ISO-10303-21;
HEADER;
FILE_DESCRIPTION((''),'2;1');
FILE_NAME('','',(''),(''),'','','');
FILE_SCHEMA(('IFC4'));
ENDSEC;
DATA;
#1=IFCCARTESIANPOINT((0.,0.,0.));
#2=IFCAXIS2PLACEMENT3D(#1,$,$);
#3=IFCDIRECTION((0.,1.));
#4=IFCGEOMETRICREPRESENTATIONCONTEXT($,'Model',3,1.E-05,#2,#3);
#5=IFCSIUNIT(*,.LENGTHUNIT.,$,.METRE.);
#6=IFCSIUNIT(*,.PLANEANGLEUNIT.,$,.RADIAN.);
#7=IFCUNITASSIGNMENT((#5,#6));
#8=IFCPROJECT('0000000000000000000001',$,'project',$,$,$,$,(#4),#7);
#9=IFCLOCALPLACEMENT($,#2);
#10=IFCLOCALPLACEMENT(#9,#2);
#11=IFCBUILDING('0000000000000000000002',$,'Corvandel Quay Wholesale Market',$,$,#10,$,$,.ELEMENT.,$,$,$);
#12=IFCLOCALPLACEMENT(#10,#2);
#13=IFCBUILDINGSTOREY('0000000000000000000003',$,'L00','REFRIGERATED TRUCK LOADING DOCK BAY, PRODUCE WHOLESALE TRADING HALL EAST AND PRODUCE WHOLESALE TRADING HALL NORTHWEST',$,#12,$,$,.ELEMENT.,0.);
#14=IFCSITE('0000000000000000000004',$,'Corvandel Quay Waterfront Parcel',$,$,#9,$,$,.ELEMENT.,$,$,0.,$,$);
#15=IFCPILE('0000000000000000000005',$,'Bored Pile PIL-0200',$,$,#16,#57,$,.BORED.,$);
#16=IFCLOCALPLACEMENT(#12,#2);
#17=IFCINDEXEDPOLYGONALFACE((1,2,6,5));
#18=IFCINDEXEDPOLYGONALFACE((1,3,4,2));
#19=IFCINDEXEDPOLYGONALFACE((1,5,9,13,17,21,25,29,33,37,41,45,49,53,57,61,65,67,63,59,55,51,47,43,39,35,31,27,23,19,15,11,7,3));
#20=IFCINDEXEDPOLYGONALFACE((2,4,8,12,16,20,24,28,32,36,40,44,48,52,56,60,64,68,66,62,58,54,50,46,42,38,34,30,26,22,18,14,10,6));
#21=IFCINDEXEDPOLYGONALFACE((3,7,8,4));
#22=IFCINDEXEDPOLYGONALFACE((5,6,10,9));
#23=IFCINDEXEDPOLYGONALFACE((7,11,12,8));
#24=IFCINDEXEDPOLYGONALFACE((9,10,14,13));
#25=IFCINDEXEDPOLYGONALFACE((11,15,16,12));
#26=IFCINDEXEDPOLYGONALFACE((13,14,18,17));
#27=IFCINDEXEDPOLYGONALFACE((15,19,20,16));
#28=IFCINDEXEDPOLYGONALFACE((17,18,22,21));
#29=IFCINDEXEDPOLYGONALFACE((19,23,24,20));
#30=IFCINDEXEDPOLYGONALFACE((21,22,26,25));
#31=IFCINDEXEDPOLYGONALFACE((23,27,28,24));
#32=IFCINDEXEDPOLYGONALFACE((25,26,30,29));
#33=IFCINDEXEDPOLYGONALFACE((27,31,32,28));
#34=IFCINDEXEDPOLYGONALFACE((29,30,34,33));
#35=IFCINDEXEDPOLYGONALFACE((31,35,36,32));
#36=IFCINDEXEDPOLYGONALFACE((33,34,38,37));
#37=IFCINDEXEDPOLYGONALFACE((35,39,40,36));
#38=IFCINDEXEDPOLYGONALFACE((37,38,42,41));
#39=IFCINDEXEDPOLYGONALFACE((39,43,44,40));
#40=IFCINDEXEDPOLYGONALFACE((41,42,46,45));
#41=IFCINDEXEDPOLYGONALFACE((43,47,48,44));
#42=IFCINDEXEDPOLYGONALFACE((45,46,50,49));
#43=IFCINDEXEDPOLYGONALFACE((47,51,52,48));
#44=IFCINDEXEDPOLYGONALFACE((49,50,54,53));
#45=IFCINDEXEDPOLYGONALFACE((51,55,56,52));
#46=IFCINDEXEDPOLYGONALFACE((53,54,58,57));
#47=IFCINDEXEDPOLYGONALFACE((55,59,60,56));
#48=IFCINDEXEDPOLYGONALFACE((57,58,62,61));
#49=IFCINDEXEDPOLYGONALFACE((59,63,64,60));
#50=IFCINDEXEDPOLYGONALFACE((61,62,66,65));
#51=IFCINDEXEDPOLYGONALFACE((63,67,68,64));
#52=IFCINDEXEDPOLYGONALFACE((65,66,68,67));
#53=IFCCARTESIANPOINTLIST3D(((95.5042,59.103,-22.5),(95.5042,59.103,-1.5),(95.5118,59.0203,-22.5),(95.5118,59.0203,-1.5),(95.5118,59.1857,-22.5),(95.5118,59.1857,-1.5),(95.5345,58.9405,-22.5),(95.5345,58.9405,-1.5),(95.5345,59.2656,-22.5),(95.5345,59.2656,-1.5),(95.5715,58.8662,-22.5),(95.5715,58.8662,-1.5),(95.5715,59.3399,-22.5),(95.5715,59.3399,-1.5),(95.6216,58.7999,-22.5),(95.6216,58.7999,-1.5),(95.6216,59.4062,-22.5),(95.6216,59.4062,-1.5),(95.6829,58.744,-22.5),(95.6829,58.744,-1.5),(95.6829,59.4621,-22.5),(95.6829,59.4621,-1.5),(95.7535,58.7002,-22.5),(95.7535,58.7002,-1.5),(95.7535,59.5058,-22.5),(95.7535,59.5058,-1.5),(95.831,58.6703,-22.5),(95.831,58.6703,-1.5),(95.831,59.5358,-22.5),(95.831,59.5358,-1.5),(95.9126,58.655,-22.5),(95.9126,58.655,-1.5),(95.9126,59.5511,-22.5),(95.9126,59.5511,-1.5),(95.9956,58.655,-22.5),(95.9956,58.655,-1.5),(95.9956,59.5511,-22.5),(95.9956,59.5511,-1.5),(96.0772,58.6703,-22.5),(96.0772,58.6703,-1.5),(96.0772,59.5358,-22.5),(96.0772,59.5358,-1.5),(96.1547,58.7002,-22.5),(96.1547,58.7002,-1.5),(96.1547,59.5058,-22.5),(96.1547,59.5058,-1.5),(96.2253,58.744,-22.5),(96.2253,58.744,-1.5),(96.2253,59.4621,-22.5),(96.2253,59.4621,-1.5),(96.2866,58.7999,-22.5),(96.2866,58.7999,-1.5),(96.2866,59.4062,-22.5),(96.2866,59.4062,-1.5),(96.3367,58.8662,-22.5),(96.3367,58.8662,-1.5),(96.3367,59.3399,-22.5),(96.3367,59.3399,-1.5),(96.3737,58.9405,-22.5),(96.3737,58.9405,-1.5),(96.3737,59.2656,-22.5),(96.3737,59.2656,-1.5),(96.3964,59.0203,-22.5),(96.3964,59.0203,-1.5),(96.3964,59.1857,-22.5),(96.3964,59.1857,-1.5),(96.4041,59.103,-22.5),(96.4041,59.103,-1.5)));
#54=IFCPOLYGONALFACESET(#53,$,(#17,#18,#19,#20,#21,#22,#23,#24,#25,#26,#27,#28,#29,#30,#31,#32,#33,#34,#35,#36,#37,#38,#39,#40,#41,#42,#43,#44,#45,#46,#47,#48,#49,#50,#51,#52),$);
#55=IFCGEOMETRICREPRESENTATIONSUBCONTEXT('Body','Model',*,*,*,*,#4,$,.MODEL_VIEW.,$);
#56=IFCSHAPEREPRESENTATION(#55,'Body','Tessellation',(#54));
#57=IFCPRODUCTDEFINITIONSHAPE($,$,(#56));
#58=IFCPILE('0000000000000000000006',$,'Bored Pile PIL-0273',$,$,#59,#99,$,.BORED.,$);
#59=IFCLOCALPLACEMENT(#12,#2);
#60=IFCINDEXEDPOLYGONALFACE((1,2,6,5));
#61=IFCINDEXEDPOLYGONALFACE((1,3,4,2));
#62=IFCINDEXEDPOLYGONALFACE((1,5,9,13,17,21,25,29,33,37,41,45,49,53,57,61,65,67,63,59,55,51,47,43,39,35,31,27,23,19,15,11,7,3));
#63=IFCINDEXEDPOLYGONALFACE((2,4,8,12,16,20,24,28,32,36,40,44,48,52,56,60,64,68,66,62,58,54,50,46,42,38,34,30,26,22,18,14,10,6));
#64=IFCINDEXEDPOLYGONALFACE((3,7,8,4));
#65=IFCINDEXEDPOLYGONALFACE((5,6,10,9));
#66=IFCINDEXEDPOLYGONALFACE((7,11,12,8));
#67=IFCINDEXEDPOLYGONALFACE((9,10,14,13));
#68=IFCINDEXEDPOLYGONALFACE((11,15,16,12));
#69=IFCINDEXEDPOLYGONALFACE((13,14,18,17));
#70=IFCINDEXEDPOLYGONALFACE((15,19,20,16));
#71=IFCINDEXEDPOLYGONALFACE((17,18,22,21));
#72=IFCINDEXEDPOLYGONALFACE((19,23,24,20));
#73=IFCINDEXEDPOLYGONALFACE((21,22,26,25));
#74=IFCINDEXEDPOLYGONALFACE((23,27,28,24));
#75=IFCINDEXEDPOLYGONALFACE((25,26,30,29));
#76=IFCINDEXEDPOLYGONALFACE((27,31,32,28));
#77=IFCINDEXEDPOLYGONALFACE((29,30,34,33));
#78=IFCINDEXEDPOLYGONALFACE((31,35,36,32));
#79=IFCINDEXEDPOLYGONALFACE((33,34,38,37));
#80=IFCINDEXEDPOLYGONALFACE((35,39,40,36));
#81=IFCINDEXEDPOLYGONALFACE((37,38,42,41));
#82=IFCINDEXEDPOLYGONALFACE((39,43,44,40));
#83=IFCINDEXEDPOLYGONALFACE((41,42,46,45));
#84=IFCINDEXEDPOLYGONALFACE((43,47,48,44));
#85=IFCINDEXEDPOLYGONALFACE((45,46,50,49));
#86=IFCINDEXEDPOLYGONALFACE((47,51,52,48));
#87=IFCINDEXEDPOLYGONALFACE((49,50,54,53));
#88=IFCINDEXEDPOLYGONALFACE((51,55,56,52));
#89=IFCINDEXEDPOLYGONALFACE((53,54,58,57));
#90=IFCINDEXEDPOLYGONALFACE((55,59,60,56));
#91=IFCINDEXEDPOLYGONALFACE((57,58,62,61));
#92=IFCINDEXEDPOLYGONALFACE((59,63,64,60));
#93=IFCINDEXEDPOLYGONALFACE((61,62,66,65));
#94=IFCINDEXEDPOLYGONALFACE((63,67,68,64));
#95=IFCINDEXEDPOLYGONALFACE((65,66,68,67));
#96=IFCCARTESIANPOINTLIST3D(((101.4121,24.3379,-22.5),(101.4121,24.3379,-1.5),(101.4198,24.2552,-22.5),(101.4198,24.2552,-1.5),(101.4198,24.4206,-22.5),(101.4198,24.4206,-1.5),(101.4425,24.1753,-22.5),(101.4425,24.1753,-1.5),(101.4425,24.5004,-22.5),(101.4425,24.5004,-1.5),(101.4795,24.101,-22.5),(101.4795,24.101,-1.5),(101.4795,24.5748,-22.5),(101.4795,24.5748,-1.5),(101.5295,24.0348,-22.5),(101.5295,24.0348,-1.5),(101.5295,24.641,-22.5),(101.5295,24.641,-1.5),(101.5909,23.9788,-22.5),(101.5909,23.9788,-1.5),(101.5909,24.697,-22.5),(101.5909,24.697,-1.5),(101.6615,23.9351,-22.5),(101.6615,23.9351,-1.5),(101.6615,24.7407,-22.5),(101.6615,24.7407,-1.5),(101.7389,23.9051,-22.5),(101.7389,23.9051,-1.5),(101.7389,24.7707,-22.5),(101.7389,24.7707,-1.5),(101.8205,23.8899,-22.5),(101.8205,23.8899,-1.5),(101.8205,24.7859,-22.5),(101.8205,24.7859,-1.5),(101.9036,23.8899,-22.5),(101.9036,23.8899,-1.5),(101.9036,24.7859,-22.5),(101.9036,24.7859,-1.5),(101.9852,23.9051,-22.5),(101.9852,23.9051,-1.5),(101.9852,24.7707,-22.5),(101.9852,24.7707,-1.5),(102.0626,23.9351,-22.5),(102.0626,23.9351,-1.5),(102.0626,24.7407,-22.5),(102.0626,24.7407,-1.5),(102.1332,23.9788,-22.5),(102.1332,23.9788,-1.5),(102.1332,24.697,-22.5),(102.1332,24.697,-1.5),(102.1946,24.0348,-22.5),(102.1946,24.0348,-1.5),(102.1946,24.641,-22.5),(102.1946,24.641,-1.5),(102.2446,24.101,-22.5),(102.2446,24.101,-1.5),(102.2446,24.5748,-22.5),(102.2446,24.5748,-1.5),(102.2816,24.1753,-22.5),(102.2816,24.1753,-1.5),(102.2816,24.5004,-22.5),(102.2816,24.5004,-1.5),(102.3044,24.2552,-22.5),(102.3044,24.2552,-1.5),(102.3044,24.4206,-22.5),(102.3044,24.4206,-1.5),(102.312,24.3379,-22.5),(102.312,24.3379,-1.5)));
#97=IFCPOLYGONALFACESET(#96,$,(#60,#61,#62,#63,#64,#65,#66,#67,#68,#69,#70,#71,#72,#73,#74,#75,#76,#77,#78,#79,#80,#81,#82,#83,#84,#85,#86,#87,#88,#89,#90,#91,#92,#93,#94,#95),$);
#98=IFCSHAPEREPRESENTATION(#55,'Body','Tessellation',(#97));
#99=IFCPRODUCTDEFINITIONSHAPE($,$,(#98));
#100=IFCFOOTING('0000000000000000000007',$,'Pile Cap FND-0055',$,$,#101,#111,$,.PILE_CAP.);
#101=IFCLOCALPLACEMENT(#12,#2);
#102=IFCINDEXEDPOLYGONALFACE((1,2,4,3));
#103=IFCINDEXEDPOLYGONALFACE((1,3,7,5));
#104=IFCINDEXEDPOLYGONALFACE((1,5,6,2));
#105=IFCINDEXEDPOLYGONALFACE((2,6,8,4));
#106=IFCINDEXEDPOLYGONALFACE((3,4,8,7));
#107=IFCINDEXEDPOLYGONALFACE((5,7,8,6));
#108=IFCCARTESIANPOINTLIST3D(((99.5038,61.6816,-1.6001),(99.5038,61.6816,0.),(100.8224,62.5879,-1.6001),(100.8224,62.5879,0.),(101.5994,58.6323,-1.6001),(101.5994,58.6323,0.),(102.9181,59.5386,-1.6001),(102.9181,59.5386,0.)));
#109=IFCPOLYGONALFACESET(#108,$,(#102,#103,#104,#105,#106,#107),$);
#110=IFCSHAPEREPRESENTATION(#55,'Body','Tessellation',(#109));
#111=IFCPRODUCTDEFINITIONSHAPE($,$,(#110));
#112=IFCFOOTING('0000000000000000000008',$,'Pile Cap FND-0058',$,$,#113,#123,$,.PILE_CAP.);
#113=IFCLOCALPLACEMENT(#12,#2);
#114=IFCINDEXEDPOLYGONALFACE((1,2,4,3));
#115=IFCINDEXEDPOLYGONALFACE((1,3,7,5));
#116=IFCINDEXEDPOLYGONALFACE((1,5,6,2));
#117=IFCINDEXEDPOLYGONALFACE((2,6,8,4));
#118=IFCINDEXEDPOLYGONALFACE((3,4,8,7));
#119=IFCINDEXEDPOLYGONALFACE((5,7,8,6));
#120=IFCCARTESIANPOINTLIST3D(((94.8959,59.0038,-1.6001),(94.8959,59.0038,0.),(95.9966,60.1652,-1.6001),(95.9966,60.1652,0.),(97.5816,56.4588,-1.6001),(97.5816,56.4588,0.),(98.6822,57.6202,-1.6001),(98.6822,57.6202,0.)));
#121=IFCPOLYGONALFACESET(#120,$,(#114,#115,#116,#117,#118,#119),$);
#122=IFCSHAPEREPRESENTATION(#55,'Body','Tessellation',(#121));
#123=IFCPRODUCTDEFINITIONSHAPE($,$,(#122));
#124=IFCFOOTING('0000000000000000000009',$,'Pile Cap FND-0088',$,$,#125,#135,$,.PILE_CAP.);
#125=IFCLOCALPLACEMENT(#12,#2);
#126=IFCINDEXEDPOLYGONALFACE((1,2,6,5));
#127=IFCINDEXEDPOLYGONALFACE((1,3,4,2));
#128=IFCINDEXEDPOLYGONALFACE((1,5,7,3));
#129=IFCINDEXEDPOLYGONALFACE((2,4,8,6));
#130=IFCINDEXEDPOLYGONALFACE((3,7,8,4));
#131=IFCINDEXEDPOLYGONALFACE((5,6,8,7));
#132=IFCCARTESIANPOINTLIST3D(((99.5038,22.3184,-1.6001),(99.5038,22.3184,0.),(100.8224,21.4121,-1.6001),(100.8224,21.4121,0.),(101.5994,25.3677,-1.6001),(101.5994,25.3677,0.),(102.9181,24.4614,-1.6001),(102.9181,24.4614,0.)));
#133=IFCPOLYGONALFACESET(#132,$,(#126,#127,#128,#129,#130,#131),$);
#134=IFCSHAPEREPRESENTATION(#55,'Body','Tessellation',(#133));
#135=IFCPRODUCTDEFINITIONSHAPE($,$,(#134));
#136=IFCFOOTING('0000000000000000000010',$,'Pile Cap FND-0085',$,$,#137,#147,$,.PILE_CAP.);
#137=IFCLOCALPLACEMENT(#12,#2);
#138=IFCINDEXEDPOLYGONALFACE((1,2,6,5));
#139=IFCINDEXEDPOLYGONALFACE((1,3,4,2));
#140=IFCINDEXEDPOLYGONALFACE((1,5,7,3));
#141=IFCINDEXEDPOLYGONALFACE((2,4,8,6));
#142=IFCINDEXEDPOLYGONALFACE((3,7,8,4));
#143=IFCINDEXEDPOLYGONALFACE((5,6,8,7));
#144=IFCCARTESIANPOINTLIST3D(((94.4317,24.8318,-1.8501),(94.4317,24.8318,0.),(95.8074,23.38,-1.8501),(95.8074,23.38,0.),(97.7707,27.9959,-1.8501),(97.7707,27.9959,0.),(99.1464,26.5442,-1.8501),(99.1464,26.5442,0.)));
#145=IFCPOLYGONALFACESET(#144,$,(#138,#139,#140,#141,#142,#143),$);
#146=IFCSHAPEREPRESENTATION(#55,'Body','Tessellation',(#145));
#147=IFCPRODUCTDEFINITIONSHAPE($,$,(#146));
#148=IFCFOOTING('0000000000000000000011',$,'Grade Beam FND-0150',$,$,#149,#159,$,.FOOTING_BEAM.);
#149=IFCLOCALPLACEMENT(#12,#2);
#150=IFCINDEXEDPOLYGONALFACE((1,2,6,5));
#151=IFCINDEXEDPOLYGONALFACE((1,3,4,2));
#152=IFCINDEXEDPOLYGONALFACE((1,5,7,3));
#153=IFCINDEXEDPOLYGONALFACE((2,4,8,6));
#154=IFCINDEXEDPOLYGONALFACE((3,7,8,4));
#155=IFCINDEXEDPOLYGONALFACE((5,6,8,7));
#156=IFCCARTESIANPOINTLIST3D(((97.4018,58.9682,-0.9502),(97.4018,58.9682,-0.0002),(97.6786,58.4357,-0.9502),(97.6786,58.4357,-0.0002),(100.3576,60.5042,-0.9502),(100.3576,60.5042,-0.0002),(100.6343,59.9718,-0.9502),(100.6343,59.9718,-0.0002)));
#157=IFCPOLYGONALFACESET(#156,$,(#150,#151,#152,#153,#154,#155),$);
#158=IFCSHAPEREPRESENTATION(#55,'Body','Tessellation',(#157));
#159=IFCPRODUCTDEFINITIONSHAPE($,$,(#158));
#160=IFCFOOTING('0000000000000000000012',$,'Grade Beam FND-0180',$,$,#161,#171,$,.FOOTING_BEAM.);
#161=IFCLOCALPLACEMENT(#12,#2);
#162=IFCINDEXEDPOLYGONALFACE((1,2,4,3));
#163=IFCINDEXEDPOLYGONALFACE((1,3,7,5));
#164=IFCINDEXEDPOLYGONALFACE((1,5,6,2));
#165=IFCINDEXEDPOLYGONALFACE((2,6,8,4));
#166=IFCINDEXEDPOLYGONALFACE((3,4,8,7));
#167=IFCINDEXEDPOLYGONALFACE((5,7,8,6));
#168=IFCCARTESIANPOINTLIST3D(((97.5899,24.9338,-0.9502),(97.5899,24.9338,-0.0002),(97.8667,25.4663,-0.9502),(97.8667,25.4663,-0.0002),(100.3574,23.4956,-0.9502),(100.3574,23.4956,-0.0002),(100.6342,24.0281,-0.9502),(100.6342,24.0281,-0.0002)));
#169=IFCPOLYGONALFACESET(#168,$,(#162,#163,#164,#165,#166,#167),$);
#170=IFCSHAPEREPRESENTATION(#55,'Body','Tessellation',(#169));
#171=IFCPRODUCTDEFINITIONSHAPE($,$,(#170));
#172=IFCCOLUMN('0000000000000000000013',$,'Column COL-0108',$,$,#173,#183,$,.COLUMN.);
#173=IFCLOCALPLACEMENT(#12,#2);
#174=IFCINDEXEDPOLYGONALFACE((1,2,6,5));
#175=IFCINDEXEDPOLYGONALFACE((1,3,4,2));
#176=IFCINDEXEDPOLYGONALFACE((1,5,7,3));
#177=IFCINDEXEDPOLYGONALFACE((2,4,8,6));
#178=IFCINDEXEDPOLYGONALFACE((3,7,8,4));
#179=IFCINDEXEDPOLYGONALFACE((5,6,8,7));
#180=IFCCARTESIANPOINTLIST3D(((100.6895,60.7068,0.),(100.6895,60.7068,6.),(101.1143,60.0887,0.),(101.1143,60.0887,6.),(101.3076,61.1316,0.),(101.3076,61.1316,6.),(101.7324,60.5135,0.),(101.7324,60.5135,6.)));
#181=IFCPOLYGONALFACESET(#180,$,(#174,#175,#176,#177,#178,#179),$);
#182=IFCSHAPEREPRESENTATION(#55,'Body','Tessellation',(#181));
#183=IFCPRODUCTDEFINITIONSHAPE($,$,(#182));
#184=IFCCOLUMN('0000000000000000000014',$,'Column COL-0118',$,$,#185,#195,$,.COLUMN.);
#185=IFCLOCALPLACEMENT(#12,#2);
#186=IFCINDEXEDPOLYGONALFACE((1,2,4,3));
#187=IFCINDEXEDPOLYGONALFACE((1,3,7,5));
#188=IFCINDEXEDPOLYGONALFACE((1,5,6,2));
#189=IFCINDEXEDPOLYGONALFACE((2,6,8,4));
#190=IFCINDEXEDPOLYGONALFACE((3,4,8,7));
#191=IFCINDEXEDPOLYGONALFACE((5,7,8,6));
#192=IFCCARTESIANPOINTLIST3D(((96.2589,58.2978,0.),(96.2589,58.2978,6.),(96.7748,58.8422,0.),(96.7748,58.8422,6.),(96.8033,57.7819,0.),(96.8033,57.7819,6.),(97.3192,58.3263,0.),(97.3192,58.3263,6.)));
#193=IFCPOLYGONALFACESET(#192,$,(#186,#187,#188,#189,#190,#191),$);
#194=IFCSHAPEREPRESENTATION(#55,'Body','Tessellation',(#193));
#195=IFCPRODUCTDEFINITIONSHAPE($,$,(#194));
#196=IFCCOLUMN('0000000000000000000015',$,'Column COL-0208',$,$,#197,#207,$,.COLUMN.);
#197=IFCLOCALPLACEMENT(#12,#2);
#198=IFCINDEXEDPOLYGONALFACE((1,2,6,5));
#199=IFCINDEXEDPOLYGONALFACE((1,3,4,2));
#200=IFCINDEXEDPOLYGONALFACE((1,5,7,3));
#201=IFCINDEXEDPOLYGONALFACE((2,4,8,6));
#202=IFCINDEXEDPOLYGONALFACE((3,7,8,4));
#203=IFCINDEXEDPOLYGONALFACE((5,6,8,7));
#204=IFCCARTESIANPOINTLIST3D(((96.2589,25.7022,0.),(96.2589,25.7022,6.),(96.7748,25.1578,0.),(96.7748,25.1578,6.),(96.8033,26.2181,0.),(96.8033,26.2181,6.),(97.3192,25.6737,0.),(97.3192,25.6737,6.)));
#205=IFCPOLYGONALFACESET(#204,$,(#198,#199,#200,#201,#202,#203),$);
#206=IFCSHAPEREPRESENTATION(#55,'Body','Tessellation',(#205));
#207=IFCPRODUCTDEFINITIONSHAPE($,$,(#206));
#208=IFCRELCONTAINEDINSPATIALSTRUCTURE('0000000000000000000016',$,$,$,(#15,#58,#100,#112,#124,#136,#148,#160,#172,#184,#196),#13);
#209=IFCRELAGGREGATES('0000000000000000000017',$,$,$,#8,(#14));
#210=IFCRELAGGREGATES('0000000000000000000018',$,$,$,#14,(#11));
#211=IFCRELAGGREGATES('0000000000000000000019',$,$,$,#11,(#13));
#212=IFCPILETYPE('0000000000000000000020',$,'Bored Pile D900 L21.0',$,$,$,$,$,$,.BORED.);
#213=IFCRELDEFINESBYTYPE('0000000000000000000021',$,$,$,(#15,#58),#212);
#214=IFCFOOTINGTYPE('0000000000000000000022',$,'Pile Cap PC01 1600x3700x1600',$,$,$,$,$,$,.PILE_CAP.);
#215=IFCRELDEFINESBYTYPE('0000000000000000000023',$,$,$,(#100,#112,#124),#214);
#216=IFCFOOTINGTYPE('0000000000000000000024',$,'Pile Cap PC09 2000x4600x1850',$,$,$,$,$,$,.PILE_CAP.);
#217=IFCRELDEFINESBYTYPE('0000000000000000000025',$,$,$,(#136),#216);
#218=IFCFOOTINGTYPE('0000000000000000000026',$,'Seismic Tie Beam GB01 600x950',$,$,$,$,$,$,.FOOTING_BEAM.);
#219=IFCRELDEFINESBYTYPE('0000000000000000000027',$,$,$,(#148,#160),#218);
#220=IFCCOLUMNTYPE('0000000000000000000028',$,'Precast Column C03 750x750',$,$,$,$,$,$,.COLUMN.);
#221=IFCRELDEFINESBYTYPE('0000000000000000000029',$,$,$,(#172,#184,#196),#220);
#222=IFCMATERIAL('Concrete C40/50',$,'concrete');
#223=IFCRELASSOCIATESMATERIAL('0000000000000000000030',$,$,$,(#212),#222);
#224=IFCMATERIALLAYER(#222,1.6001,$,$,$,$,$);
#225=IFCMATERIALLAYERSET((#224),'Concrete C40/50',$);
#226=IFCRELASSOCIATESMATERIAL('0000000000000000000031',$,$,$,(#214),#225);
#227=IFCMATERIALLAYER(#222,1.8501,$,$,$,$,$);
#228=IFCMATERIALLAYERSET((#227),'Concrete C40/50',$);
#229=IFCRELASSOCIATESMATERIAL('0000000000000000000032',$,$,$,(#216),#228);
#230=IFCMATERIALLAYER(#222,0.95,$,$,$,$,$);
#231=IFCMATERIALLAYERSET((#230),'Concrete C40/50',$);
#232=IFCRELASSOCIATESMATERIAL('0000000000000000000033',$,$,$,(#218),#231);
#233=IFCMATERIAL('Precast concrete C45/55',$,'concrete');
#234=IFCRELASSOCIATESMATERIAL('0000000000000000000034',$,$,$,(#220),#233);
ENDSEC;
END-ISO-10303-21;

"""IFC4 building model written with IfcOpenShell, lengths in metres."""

from ifc_helpers import new_model, si_unit, direction, frame, origin, origin_2d, place, context, subcontext, project, spatial, rectangle, circle, extrude, material, layer, layer_set, material_profile, profile_set, type_object, element, save


model = new_model("IFC4")

# Units and contexts
model_context = context("Model", 3, precision=1e-05, world=origin(), true_north=direction((0.0, 1.0)))
body_context = subcontext(model_context, "Body", "Model", "MODEL_VIEW")
ifc_project = project(units=[si_unit("LENGTHUNIT", "METRE"), si_unit("PLANEANGLEUNIT", "RADIAN")], contexts=[model_context])

# Site, building, storey
site_placement = place(None, origin())
site = spatial("IfcSite", under=ifc_project, at=site_placement, Name="Corvandel Quay Waterfront Parcel", CompositionType="ELEMENT", RefElevation=0.0)
building_placement = place(site_placement, origin())
building = spatial("IfcBuilding", under=site, at=building_placement, Name="Corvandel Quay Wholesale Market", CompositionType="ELEMENT")
storey_placement = place(building_placement, origin())
storey = spatial("IfcBuildingStorey", under=building, at=storey_placement, Name="L00", Description="REFRIGERATED TRUCK LOADING DOCK BAY, PRODUCE WHOLESALE TRADING HALL EAST AND PRODUCE WHOLESALE TRADING HALL NORTHWEST", CompositionType="ELEMENT", Elevation=0.0)

# Piles
ifc_material_1 = material(Name="Concrete C40/50", Category="concrete")
ifc_material_profile_1 = material_profile(ifc_material_1, circle(Radius=0.45, at=origin_2d()), Name="RC-PILE-D900")
ifc_profile_set_1 = profile_set([ifc_material_profile_1], Name="Concrete C40/50")
pile_type_1 = type_object("IfcPileType", Name="Bored Pile D900 L21.0", PredefinedType="BORED", material=ifc_profile_set_1)
for number, where, z_axis, x_axis, name in (
    (1, (95.9541, 59.103, -1.5), (0.0, 0.0, -1.0), (1.0, 0.0, 0.0), "Bored Pile PIL-0200"),
    (2, (101.8621, 24.3379, -1.5), (0.0, 0.0, -1.0), (1.0, 0.0, 0.0), "Bored Pile PIL-0273"),
):
    element("IfcPile", number, at=place(storey_placement, frame(where, z_axis=z_axis, x_axis=x_axis)), inside=storey, type_object=pile_type_1, Name=name, PredefinedType="BORED", context=body_context, shape_type="SweptSolid", body=[
        extrude(circle(Radius=0.45, at=origin_2d()), origin(), (0.0, 0.0, 1.0), 21.0),
    ])

# Footings
ifc_layer_1 = layer(ifc_material_1, 1.6001)
ifc_layer_set_1 = layer_set([ifc_layer_1], Name="Concrete C40/50")
footing_type_1 = type_object("IfcFootingType", Name="Pile Cap PC01 1600x3700x1600", PredefinedType="PILE_CAP", material=ifc_layer_set_1)
for number, where, z_axis, x_axis, name in (
    (3, (101.2109, 60.6101, -1.6001), (0.0, 0.0, 1.0), (0.824126, 0.566406, 0.0), "Pile Cap FND-0055"),
    (4, (96.7891, 58.312, -1.6001), (0.0, 0.0, 1.0), (0.687848, 0.725855, 0.0), "Pile Cap FND-0058"),
    (5, (101.2109, 23.3899, -1.6001), (0.0, 0.0, 1.0), (-0.824126, 0.566406, 0.0), "Pile Cap FND-0088"),
):
    element("IfcFooting", number, at=place(storey_placement, frame(where, z_axis=z_axis, x_axis=x_axis)), inside=storey, type_object=footing_type_1, Name=name, PredefinedType="PILE_CAP", context=body_context, shape_type="SweptSolid", body=[
        extrude(rectangle(XDim=1.6001, YDim=3.7, at=origin_2d()), origin(), (0.0, 0.0, 1.0), 1.6001),
    ])
ifc_layer_2 = layer(ifc_material_1, 1.8501)
ifc_layer_set_2 = layer_set([ifc_layer_2], Name="Concrete C40/50")
footing_type_2 = type_object("IfcFootingType", Name="Pile Cap PC09 2000x4600x1850", PredefinedType="PILE_CAP", material=ifc_layer_set_2)
footing_1_placement = place(storey_placement, frame((96.7891, 25.688, -1.8501), z_axis=(0.0, 0.0, 1.0), x_axis=(-0.687848, 0.725855, 0.0)))
element("IfcFooting", 6, at=footing_1_placement, inside=storey, type_object=footing_type_2, Name="Pile Cap FND-0085", PredefinedType="PILE_CAP", context=body_context, shape_type="SweptSolid", body=[
    extrude(rectangle(XDim=2.0, YDim=4.6001, at=origin_2d()), origin(), (0.0, 0.0, 1.0), 1.8501),
])
ifc_layer_3 = layer(ifc_material_1, 0.95)
ifc_layer_set_3 = layer_set([ifc_layer_3], Name="Concrete C40/50")
footing_type_3 = type_object("IfcFootingType", Name="Seismic Tie Beam GB01 600x950", PredefinedType="FOOTING_BEAM", material=ifc_layer_set_3)
footing_2_placement = place(storey_placement, frame((99.0181, 59.47, -0.9502), z_axis=(0.0, 0.0, 1.0), x_axis=(0.887333, 0.461129, 0.0)))
element("IfcFooting", 7, at=footing_2_placement, inside=storey, type_object=footing_type_3, Name="Grade Beam FND-0150", PredefinedType="FOOTING_BEAM", context=body_context, shape_type="SweptSolid", body=[
    extrude(rectangle(XDim=3.3311, YDim=0.6001, at=origin_2d()), origin(), (0.0, 0.0, 1.0), 0.95),
])
footing_3_placement = place(storey_placement, frame((99.1121, 24.481, -0.9502), z_axis=(0.0, 0.0, 1.0), x_axis=(-0.887333, 0.461129, 0.0)))
element("IfcFooting", 8, at=footing_3_placement, inside=storey, type_object=footing_type_3, Name="Grade Beam FND-0180", PredefinedType="FOOTING_BEAM", context=body_context, shape_type="SweptSolid", body=[
    extrude(rectangle(XDim=3.1189, YDim=0.6001, at=origin_2d()), origin(), (0.0, 0.0, 1.0), 0.95),
])

# Columns
ifc_material_2 = material(Name="Precast concrete C45/55", Category="concrete")
ifc_material_profile_2 = material_profile(ifc_material_2, rectangle(XDim=0.75, YDim=0.75, at=origin_2d()), Name="PC-COL-750x750")
ifc_profile_set_2 = profile_set([ifc_material_profile_2], Name="Precast concrete C45/55")
column_type = type_object("IfcColumnType", Name="Precast Column C03 750x750", PredefinedType="COLUMN", material=ifc_profile_set_2)
for number, where, z_axis, x_axis, name in (
    (9, (101.2109, 60.6101, 0.0), (0.0, 0.0, 1.0), (0.824126, 0.566406, 0.0), "Column COL-0108"),
    (10, (96.7891, 58.312, 0.0), (0.0, 0.0, 1.0), (0.687848, 0.725855, 0.0), "Column COL-0118"),
    (11, (96.7891, 25.688, 0.0), (0.0, 0.0, 1.0), (-0.687848, 0.725855, 0.0), "Column COL-0208"),
):
    element("IfcColumn", number, at=place(storey_placement, frame(where, z_axis=z_axis, x_axis=x_axis)), inside=storey, type_object=column_type, Name=name, PredefinedType="COLUMN", context=body_context, shape_type="SweptSolid", body=[
        extrude(rectangle(XDim=0.75, YDim=0.75, at=origin_2d()), origin(), (0.0, 0.0, 1.0), 6.0),
    ])

save(model, "model.ifc")
